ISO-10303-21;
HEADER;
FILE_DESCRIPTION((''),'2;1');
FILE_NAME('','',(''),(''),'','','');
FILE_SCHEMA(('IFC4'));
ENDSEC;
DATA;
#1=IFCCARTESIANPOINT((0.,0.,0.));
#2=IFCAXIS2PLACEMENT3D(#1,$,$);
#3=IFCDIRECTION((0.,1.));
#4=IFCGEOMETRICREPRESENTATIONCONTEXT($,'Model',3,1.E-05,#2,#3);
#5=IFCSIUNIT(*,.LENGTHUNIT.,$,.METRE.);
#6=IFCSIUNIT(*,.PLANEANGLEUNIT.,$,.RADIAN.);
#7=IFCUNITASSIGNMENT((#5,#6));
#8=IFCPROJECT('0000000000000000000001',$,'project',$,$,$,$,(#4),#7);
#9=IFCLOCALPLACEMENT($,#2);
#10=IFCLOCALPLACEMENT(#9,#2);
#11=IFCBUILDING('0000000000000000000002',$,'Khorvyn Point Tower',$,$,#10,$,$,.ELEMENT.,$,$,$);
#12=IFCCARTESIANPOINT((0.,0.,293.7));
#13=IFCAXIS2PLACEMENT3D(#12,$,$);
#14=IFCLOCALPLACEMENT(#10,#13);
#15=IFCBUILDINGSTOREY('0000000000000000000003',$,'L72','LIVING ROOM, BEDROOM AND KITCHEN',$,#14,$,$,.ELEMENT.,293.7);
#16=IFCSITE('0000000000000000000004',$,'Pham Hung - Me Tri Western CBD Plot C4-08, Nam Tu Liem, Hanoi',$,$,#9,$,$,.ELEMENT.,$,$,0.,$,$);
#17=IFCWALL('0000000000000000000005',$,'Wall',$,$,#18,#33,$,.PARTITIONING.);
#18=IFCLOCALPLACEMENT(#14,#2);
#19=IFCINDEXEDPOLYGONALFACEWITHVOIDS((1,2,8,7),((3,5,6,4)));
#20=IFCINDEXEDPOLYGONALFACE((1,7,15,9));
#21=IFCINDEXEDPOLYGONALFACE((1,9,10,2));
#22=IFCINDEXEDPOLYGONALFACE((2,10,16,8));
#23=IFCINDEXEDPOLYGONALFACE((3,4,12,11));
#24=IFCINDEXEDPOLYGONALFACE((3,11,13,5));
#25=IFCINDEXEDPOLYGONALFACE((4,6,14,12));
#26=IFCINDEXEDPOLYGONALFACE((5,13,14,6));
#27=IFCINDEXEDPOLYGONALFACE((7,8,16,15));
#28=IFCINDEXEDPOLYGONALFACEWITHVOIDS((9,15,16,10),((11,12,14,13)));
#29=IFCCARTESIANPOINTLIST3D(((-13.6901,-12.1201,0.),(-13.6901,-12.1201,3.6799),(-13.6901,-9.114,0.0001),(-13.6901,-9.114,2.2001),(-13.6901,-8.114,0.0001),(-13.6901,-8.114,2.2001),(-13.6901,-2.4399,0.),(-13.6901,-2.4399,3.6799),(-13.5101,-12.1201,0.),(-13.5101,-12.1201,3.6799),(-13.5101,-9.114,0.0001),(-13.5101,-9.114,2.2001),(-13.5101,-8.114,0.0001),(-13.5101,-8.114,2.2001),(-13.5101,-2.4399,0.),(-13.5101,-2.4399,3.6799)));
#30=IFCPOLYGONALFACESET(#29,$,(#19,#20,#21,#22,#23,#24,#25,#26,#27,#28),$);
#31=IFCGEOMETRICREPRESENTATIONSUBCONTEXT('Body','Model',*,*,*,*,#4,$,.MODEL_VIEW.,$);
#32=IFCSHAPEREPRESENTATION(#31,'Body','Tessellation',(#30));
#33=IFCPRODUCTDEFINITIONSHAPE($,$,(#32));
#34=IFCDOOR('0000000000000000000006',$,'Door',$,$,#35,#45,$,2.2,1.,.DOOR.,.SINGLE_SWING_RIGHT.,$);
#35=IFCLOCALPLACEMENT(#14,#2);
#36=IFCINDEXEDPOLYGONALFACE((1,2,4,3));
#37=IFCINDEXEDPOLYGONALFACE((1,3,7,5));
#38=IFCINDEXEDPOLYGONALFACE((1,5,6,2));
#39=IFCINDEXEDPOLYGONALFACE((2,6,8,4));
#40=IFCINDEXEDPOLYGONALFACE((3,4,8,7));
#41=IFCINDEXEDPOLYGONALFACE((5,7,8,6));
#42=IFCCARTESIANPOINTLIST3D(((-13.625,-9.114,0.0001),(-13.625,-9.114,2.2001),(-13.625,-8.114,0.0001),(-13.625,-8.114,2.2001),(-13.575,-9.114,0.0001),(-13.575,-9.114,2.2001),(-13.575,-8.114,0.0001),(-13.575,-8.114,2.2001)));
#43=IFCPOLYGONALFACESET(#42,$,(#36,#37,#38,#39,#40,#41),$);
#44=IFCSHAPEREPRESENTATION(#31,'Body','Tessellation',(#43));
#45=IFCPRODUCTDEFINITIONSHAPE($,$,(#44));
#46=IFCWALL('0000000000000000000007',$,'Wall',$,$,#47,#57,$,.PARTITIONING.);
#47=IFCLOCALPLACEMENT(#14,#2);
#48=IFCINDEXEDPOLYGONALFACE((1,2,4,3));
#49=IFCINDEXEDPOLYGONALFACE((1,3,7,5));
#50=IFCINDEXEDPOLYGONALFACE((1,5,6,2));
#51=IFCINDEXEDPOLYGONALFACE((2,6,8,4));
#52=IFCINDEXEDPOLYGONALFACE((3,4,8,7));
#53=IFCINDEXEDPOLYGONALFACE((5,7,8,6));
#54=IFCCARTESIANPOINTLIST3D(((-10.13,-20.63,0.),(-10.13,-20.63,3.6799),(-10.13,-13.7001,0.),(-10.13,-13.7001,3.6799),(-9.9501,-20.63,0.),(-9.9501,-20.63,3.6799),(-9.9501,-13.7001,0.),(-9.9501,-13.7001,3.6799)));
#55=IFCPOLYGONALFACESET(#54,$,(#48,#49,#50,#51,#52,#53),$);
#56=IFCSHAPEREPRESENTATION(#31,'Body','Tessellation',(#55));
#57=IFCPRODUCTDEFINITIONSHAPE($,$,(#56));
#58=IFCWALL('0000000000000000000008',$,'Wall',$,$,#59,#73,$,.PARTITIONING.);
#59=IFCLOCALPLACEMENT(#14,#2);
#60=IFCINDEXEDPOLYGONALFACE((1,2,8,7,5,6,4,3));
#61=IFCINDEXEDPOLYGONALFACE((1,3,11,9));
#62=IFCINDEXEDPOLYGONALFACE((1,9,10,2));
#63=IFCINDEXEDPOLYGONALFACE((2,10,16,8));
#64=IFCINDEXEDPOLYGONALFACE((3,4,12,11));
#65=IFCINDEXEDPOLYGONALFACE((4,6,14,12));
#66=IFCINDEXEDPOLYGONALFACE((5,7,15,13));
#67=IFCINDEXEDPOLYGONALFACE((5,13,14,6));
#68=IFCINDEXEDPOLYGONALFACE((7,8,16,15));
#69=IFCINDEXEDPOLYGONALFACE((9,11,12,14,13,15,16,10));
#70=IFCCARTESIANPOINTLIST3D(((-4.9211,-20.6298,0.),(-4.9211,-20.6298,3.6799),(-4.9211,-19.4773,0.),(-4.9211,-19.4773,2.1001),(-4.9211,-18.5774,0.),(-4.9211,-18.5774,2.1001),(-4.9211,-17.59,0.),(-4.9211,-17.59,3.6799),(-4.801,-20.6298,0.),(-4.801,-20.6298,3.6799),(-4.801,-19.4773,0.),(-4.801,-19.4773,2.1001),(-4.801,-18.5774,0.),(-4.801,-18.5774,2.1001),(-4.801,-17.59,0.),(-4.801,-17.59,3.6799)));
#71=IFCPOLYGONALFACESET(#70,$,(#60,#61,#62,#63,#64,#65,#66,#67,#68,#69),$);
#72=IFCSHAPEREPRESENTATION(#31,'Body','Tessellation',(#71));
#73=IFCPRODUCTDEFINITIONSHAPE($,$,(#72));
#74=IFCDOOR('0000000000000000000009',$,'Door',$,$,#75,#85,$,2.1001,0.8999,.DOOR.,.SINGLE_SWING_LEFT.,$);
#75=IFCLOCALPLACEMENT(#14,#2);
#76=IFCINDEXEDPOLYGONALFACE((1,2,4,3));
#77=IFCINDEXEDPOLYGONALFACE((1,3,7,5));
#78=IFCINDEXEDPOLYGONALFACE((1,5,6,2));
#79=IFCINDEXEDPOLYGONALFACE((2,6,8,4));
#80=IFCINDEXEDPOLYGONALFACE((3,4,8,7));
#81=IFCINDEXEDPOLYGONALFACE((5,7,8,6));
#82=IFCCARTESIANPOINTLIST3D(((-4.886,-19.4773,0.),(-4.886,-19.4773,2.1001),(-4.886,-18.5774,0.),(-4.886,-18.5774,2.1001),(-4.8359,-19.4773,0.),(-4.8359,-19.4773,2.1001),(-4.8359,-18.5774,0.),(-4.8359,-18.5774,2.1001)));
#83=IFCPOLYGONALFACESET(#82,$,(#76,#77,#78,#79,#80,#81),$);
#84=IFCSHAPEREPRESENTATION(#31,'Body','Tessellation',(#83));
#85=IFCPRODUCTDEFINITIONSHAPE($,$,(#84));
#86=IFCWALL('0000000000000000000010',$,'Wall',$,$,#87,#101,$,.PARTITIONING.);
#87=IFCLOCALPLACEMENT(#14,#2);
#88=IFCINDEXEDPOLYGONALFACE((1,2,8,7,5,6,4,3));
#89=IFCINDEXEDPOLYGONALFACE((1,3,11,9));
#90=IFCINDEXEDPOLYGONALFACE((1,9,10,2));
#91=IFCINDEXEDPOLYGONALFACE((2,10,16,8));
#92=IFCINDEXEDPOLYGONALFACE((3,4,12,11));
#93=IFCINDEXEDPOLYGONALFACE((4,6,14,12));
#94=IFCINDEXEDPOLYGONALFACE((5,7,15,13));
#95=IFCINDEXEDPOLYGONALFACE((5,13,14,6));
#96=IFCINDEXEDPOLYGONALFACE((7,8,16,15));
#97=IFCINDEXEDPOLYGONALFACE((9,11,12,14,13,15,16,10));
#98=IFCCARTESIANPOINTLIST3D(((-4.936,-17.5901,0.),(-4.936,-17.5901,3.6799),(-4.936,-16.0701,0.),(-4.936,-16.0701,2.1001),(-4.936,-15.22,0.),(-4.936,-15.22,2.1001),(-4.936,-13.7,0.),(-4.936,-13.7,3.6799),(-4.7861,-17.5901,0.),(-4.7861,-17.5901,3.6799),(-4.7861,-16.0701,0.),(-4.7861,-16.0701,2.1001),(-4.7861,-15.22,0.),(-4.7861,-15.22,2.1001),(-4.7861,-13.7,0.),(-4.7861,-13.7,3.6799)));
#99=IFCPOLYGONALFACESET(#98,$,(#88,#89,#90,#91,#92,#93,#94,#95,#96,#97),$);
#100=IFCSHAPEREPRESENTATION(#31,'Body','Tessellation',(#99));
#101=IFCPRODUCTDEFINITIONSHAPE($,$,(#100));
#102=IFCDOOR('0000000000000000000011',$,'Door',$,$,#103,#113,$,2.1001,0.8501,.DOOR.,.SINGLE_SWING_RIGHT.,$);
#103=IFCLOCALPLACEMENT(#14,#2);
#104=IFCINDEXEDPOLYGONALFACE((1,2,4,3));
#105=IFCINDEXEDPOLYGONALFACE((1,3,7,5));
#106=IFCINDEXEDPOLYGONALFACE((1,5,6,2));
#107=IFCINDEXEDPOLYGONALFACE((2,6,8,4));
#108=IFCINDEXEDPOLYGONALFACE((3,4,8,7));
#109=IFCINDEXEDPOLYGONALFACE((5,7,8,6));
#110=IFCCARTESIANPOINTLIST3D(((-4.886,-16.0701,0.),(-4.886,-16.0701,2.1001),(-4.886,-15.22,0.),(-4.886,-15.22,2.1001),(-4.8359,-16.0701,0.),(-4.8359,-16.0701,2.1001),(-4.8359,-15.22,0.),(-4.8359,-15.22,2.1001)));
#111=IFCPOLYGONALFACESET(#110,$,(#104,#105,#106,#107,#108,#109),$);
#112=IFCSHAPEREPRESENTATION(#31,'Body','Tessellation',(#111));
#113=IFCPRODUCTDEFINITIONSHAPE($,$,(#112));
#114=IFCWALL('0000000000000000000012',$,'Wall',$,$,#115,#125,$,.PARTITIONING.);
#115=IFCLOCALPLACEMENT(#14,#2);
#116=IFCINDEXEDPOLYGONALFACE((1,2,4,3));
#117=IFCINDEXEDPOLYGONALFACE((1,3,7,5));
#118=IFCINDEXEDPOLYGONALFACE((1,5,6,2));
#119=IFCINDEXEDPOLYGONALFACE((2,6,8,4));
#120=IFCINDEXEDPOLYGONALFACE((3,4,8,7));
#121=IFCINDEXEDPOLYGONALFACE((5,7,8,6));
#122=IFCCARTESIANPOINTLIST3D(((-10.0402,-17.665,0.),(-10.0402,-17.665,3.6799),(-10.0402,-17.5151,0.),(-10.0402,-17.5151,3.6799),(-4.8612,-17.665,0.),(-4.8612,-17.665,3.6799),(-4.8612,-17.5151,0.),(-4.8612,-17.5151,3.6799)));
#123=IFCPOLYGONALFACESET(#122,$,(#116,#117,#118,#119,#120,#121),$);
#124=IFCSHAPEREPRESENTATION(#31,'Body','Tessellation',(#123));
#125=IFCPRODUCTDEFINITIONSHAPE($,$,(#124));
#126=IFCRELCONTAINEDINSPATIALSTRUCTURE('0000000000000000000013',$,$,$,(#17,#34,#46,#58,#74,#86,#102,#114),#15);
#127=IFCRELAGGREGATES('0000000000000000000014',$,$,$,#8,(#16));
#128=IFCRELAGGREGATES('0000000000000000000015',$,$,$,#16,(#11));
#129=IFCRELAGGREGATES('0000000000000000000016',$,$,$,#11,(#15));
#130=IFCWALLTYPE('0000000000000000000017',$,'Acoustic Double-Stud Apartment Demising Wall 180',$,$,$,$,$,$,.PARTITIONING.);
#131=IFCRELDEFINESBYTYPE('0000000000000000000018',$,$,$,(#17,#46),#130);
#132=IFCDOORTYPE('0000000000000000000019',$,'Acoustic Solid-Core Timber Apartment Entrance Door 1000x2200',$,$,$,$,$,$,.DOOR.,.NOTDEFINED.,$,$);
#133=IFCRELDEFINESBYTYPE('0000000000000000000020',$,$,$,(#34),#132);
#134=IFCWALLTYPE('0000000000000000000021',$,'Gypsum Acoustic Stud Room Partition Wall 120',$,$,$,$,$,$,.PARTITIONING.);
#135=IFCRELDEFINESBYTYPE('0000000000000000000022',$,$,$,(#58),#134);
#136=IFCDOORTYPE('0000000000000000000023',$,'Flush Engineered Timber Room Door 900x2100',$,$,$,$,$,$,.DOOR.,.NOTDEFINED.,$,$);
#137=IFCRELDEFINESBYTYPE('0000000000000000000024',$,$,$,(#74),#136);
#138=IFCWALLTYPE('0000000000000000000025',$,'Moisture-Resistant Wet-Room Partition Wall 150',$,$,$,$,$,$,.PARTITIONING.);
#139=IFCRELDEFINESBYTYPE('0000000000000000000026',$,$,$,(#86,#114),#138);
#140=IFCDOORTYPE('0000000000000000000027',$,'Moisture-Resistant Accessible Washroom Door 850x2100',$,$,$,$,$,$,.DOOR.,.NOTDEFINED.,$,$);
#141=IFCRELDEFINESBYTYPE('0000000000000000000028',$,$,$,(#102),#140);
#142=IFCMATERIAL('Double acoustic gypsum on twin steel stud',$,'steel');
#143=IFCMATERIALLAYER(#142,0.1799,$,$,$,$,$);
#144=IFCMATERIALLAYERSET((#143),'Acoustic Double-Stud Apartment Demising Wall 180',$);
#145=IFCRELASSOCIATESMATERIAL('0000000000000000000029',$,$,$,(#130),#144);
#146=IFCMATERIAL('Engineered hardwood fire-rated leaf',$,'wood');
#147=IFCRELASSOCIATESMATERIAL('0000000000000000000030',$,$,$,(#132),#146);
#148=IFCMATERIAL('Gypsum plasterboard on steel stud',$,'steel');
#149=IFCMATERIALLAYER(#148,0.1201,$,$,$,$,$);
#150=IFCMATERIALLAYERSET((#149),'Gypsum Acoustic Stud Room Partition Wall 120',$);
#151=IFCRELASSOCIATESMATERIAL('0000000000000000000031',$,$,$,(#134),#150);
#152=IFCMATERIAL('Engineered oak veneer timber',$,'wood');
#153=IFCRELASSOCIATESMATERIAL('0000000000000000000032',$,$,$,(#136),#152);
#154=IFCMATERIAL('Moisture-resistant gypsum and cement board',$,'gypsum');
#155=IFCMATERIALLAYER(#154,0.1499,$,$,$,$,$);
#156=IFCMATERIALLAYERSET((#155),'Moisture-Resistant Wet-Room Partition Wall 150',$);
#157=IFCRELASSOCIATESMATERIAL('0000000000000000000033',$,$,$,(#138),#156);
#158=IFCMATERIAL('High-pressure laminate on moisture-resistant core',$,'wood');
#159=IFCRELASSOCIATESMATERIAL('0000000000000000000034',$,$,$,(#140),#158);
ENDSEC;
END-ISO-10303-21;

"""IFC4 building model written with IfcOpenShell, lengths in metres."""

from ifc_helpers import new_model, si_unit, direction, frame, frame_2d, origin, place, context, subcontext, project, spatial, rectangle, extrude, material, layer, layer_set, type_object, element, fill, save


model = new_model("IFC4")

# Units and contexts
model_context = context("Model", 3, precision=1e-05, world=origin(), true_north=direction((0.0, 1.0)))
body_context = subcontext(model_context, "Body", "Model", "MODEL_VIEW")
ifc_project = project(units=[si_unit("LENGTHUNIT", "METRE"), si_unit("PLANEANGLEUNIT", "RADIAN")], contexts=[model_context])

# Site, building, storey
site_placement = place(None, origin())
site = spatial("IfcSite", under=ifc_project, at=site_placement, Name="Pham Hung - Me Tri Western CBD Plot C4-08, Nam Tu Liem, Hanoi", CompositionType="ELEMENT", RefElevation=0.0)
building_placement = place(site_placement, origin())
building = spatial("IfcBuilding", under=site, at=building_placement, Name="Khorvyn Point Tower", CompositionType="ELEMENT")
storey_placement = place(building_placement, frame((0.0, 0.0, 293.7)))
storey = spatial("IfcBuildingStorey", under=building, at=storey_placement, Name="L72", Description="LIVING ROOM, BEDROOM AND KITCHEN", CompositionType="ELEMENT", Elevation=293.7)

# Wall, opening, door
ifc_material_1 = material(Name="Double acoustic gypsum on twin steel stud", Category="steel")
ifc_layer_1 = layer(ifc_material_1, 0.1799)
ifc_layer_set_1 = layer_set([ifc_layer_1], Name="Acoustic Double-Stud Apartment Demising Wall 180")
wall_type_1 = type_object("IfcWallType", Name="Acoustic Double-Stud Apartment Demising Wall 180", PredefinedType="PARTITIONING", material=ifc_layer_set_1)
ifc_material_2 = material(Name="Engineered hardwood fire-rated leaf", Category="wood")
door_type_1 = type_object("IfcDoorType", Name="Acoustic Solid-Core Timber Apartment Entrance Door 1000x2200", OperationType="NOTDEFINED", PredefinedType="DOOR", material=ifc_material_2)
wall_1_placement = place(storey_placement, frame((-13.6001, -12.1201, 0.0), z_axis=(0.0, 0.0, 1.0), x_axis=(0.0, 1.0, 0.0)))
wall_1 = element("IfcWall", 1, at=wall_1_placement, inside=storey, type_object=wall_type_1, Name="Wall", PredefinedType="PARTITIONING", context=body_context, shape_type="SweptSolid", body=[
    extrude(rectangle(XDim=9.6802, YDim=0.1799, at=frame_2d((4.8401, 0.0))), origin(), (0.0, 0.0, 1.0), 3.6799),
])
opening_1_placement = place(wall_1_placement, frame((3.0061, 0.0, 0.0)))
opening_1 = element("IfcOpeningElement", 2, at=opening_1_placement, cuts=wall_1, PredefinedType="OPENING", context=body_context, shape_type="SweptSolid", body=[
    extrude(rectangle(XDim=1.0, YDim=2.2, at=frame_2d((0.5, 1.1001))), frame((0.0, 0.0999, 0.0), z_axis=(0.0, -1.0, 0.0), x_axis=(1.0, 0.0, 0.0)), (0.0, 0.0, 1.0), 0.2),
])
door_1_placement = place(opening_1_placement, origin())
door_1 = element("IfcDoor", 3, at=door_1_placement, inside=storey, type_object=door_type_1, Name="Door", OperationType="SINGLE_SWING_RIGHT", OverallHeight=2.2, OverallWidth=1.0, PredefinedType="DOOR", context=body_context, shape_type="SweptSolid", body=[
    extrude(rectangle(XDim=1.0, YDim=2.2, at=frame_2d((0.5, 1.1001))), frame((0.0, 0.0249, 0.0), z_axis=(0.0, -1.0, 0.0), x_axis=(1.0, 0.0, 0.0)), (0.0, 0.0, 1.0), 0.05),
])
fill(opening_1, door_1)

# Wall
wall_2_placement = place(storey_placement, frame((-10.04, -20.6299, 0.0), z_axis=(0.0, 0.0, 1.0), x_axis=(0.0, 1.0, 0.0)))
element("IfcWall", 4, at=wall_2_placement, inside=storey, type_object=wall_type_1, Name="Wall", PredefinedType="PARTITIONING", context=body_context, shape_type="SweptSolid", body=[
    extrude(rectangle(XDim=6.9299, YDim=0.1799, at=frame_2d((3.4648, 0.0))), origin(), (0.0, 0.0, 1.0), 3.6799),
])

# Walls, openings, doors
ifc_material_3 = material(Name="Gypsum plasterboard on steel stud", Category="steel")
ifc_layer_2 = layer(ifc_material_3, 0.1201)
ifc_layer_set_2 = layer_set([ifc_layer_2], Name="Gypsum Acoustic Stud Room Partition Wall 120")
wall_type_2 = type_object("IfcWallType", Name="Gypsum Acoustic Stud Room Partition Wall 120", PredefinedType="PARTITIONING", material=ifc_layer_set_2)
wall_3_placement = place(storey_placement, frame((-4.8611, -20.6299, 0.0), z_axis=(0.0, 0.0, 1.0), x_axis=(0.0, 1.0, 0.0)))
wall_3 = element("IfcWall", 5, at=wall_3_placement, inside=storey, type_object=wall_type_2, Name="Wall", PredefinedType="PARTITIONING", context=body_context, shape_type="SweptSolid", body=[
    extrude(rectangle(XDim=3.0398, YDim=0.1201, at=frame_2d((1.52, 0.0))), origin(), (0.0, 0.0, 1.0), 3.6799),
])
opening_2_placement = place(wall_3_placement, frame((1.1526, 0.0, 0.0)))
opening_2 = element("IfcOpeningElement", 6, at=opening_2_placement, cuts=wall_3, PredefinedType="OPENING", context=body_context, shape_type="SweptSolid", body=[
    extrude(rectangle(XDim=0.8999, YDim=2.1001, at=frame_2d((0.45, 1.05))), frame((0.0, 0.0701, 0.0), z_axis=(0.0, -1.0, 0.0), x_axis=(1.0, 0.0, 0.0)), (0.0, 0.0, 1.0), 0.1401),
])
ifc_material_4 = material(Name="Engineered oak veneer timber", Category="wood")
door_type_2 = type_object("IfcDoorType", Name="Flush Engineered Timber Room Door 900x2100", OperationType="NOTDEFINED", PredefinedType="DOOR", material=ifc_material_4)
door_2_placement = place(opening_2_placement, origin())
door_2 = element("IfcDoor", 7, at=door_2_placement, inside=storey, type_object=door_type_2, Name="Door", OperationType="SINGLE_SWING_LEFT", OverallHeight=2.1001, OverallWidth=0.8999, PredefinedType="DOOR", context=body_context, shape_type="SweptSolid", body=[
    extrude(rectangle(XDim=0.8999, YDim=2.1001, at=frame_2d((0.45, 1.05))), frame((0.0, 0.0249, 0.0), z_axis=(0.0, -1.0, 0.0), x_axis=(1.0, 0.0, 0.0)), (0.0, 0.0, 1.0), 0.05),
])
fill(opening_2, door_2)
ifc_material_5 = material(Name="Moisture-resistant gypsum and cement board", Category="gypsum")
ifc_layer_3 = layer(ifc_material_5, 0.1499)
ifc_layer_set_3 = layer_set([ifc_layer_3], Name="Moisture-Resistant Wet-Room Partition Wall 150")
wall_type_3 = type_object("IfcWallType", Name="Moisture-Resistant Wet-Room Partition Wall 150", PredefinedType="PARTITIONING", material=ifc_layer_set_3)
wall_4_placement = place(storey_placement, frame((-4.8611, -17.5901, 0.0), z_axis=(0.0, 0.0, 1.0), x_axis=(0.0, 1.0, 0.0)))
wall_4 = element("IfcWall", 8, at=wall_4_placement, inside=storey, type_object=wall_type_3, Name="Wall", PredefinedType="PARTITIONING", context=body_context, shape_type="SweptSolid", body=[
    extrude(rectangle(XDim=3.8901, YDim=0.1499, at=frame_2d((1.9451, 0.0))), origin(), (0.0, 0.0, 1.0), 3.6799),
])
opening_3_placement = place(wall_4_placement, frame((1.52, 0.0, 0.0)))
opening_3 = element("IfcOpeningElement", 9, at=opening_3_placement, cuts=wall_4, PredefinedType="OPENING", context=body_context, shape_type="SweptSolid", body=[
    extrude(rectangle(XDim=0.8501, YDim=2.1001, at=frame_2d((0.425, 1.05))), frame((0.0, 0.085, 0.0), z_axis=(0.0, -1.0, 0.0), x_axis=(1.0, 0.0, 0.0)), (0.0, 0.0, 1.0), 0.1699),
])
ifc_material_6 = material(Name="High-pressure laminate on moisture-resistant core", Category="wood")
door_type_3 = type_object("IfcDoorType", Name="Moisture-Resistant Accessible Washroom Door 850x2100", OperationType="NOTDEFINED", PredefinedType="DOOR", material=ifc_material_6)
door_3_placement = place(opening_3_placement, origin())
door_3 = element("IfcDoor", 10, at=door_3_placement, inside=storey, type_object=door_type_3, Name="Door", OperationType="SINGLE_SWING_RIGHT", OverallHeight=2.1001, OverallWidth=0.8501, PredefinedType="DOOR", context=body_context, shape_type="SweptSolid", body=[
    extrude(rectangle(XDim=0.8501, YDim=2.1001, at=frame_2d((0.425, 1.05))), frame((0.0, 0.0249, 0.0), z_axis=(0.0, -1.0, 0.0), x_axis=(1.0, 0.0, 0.0)), (0.0, 0.0, 1.0), 0.05),
])
fill(opening_3, door_3)

# Wall
wall_5_placement = place(storey_placement, frame((-10.04, -17.5901, 0.0), z_axis=(0.0, 0.0, 1.0), x_axis=(1.0, 0.0, 0.0)))
element("IfcWall", 11, at=wall_5_placement, inside=storey, type_object=wall_type_3, Name="Wall", PredefinedType="PARTITIONING", context=body_context, shape_type="SweptSolid", body=[
    extrude(rectangle(XDim=5.179, YDim=0.1499, at=frame_2d((2.5894, 0.0))), origin(), (0.0, 0.0, 1.0), 3.6799),
])

save(model, "model.ifc")
